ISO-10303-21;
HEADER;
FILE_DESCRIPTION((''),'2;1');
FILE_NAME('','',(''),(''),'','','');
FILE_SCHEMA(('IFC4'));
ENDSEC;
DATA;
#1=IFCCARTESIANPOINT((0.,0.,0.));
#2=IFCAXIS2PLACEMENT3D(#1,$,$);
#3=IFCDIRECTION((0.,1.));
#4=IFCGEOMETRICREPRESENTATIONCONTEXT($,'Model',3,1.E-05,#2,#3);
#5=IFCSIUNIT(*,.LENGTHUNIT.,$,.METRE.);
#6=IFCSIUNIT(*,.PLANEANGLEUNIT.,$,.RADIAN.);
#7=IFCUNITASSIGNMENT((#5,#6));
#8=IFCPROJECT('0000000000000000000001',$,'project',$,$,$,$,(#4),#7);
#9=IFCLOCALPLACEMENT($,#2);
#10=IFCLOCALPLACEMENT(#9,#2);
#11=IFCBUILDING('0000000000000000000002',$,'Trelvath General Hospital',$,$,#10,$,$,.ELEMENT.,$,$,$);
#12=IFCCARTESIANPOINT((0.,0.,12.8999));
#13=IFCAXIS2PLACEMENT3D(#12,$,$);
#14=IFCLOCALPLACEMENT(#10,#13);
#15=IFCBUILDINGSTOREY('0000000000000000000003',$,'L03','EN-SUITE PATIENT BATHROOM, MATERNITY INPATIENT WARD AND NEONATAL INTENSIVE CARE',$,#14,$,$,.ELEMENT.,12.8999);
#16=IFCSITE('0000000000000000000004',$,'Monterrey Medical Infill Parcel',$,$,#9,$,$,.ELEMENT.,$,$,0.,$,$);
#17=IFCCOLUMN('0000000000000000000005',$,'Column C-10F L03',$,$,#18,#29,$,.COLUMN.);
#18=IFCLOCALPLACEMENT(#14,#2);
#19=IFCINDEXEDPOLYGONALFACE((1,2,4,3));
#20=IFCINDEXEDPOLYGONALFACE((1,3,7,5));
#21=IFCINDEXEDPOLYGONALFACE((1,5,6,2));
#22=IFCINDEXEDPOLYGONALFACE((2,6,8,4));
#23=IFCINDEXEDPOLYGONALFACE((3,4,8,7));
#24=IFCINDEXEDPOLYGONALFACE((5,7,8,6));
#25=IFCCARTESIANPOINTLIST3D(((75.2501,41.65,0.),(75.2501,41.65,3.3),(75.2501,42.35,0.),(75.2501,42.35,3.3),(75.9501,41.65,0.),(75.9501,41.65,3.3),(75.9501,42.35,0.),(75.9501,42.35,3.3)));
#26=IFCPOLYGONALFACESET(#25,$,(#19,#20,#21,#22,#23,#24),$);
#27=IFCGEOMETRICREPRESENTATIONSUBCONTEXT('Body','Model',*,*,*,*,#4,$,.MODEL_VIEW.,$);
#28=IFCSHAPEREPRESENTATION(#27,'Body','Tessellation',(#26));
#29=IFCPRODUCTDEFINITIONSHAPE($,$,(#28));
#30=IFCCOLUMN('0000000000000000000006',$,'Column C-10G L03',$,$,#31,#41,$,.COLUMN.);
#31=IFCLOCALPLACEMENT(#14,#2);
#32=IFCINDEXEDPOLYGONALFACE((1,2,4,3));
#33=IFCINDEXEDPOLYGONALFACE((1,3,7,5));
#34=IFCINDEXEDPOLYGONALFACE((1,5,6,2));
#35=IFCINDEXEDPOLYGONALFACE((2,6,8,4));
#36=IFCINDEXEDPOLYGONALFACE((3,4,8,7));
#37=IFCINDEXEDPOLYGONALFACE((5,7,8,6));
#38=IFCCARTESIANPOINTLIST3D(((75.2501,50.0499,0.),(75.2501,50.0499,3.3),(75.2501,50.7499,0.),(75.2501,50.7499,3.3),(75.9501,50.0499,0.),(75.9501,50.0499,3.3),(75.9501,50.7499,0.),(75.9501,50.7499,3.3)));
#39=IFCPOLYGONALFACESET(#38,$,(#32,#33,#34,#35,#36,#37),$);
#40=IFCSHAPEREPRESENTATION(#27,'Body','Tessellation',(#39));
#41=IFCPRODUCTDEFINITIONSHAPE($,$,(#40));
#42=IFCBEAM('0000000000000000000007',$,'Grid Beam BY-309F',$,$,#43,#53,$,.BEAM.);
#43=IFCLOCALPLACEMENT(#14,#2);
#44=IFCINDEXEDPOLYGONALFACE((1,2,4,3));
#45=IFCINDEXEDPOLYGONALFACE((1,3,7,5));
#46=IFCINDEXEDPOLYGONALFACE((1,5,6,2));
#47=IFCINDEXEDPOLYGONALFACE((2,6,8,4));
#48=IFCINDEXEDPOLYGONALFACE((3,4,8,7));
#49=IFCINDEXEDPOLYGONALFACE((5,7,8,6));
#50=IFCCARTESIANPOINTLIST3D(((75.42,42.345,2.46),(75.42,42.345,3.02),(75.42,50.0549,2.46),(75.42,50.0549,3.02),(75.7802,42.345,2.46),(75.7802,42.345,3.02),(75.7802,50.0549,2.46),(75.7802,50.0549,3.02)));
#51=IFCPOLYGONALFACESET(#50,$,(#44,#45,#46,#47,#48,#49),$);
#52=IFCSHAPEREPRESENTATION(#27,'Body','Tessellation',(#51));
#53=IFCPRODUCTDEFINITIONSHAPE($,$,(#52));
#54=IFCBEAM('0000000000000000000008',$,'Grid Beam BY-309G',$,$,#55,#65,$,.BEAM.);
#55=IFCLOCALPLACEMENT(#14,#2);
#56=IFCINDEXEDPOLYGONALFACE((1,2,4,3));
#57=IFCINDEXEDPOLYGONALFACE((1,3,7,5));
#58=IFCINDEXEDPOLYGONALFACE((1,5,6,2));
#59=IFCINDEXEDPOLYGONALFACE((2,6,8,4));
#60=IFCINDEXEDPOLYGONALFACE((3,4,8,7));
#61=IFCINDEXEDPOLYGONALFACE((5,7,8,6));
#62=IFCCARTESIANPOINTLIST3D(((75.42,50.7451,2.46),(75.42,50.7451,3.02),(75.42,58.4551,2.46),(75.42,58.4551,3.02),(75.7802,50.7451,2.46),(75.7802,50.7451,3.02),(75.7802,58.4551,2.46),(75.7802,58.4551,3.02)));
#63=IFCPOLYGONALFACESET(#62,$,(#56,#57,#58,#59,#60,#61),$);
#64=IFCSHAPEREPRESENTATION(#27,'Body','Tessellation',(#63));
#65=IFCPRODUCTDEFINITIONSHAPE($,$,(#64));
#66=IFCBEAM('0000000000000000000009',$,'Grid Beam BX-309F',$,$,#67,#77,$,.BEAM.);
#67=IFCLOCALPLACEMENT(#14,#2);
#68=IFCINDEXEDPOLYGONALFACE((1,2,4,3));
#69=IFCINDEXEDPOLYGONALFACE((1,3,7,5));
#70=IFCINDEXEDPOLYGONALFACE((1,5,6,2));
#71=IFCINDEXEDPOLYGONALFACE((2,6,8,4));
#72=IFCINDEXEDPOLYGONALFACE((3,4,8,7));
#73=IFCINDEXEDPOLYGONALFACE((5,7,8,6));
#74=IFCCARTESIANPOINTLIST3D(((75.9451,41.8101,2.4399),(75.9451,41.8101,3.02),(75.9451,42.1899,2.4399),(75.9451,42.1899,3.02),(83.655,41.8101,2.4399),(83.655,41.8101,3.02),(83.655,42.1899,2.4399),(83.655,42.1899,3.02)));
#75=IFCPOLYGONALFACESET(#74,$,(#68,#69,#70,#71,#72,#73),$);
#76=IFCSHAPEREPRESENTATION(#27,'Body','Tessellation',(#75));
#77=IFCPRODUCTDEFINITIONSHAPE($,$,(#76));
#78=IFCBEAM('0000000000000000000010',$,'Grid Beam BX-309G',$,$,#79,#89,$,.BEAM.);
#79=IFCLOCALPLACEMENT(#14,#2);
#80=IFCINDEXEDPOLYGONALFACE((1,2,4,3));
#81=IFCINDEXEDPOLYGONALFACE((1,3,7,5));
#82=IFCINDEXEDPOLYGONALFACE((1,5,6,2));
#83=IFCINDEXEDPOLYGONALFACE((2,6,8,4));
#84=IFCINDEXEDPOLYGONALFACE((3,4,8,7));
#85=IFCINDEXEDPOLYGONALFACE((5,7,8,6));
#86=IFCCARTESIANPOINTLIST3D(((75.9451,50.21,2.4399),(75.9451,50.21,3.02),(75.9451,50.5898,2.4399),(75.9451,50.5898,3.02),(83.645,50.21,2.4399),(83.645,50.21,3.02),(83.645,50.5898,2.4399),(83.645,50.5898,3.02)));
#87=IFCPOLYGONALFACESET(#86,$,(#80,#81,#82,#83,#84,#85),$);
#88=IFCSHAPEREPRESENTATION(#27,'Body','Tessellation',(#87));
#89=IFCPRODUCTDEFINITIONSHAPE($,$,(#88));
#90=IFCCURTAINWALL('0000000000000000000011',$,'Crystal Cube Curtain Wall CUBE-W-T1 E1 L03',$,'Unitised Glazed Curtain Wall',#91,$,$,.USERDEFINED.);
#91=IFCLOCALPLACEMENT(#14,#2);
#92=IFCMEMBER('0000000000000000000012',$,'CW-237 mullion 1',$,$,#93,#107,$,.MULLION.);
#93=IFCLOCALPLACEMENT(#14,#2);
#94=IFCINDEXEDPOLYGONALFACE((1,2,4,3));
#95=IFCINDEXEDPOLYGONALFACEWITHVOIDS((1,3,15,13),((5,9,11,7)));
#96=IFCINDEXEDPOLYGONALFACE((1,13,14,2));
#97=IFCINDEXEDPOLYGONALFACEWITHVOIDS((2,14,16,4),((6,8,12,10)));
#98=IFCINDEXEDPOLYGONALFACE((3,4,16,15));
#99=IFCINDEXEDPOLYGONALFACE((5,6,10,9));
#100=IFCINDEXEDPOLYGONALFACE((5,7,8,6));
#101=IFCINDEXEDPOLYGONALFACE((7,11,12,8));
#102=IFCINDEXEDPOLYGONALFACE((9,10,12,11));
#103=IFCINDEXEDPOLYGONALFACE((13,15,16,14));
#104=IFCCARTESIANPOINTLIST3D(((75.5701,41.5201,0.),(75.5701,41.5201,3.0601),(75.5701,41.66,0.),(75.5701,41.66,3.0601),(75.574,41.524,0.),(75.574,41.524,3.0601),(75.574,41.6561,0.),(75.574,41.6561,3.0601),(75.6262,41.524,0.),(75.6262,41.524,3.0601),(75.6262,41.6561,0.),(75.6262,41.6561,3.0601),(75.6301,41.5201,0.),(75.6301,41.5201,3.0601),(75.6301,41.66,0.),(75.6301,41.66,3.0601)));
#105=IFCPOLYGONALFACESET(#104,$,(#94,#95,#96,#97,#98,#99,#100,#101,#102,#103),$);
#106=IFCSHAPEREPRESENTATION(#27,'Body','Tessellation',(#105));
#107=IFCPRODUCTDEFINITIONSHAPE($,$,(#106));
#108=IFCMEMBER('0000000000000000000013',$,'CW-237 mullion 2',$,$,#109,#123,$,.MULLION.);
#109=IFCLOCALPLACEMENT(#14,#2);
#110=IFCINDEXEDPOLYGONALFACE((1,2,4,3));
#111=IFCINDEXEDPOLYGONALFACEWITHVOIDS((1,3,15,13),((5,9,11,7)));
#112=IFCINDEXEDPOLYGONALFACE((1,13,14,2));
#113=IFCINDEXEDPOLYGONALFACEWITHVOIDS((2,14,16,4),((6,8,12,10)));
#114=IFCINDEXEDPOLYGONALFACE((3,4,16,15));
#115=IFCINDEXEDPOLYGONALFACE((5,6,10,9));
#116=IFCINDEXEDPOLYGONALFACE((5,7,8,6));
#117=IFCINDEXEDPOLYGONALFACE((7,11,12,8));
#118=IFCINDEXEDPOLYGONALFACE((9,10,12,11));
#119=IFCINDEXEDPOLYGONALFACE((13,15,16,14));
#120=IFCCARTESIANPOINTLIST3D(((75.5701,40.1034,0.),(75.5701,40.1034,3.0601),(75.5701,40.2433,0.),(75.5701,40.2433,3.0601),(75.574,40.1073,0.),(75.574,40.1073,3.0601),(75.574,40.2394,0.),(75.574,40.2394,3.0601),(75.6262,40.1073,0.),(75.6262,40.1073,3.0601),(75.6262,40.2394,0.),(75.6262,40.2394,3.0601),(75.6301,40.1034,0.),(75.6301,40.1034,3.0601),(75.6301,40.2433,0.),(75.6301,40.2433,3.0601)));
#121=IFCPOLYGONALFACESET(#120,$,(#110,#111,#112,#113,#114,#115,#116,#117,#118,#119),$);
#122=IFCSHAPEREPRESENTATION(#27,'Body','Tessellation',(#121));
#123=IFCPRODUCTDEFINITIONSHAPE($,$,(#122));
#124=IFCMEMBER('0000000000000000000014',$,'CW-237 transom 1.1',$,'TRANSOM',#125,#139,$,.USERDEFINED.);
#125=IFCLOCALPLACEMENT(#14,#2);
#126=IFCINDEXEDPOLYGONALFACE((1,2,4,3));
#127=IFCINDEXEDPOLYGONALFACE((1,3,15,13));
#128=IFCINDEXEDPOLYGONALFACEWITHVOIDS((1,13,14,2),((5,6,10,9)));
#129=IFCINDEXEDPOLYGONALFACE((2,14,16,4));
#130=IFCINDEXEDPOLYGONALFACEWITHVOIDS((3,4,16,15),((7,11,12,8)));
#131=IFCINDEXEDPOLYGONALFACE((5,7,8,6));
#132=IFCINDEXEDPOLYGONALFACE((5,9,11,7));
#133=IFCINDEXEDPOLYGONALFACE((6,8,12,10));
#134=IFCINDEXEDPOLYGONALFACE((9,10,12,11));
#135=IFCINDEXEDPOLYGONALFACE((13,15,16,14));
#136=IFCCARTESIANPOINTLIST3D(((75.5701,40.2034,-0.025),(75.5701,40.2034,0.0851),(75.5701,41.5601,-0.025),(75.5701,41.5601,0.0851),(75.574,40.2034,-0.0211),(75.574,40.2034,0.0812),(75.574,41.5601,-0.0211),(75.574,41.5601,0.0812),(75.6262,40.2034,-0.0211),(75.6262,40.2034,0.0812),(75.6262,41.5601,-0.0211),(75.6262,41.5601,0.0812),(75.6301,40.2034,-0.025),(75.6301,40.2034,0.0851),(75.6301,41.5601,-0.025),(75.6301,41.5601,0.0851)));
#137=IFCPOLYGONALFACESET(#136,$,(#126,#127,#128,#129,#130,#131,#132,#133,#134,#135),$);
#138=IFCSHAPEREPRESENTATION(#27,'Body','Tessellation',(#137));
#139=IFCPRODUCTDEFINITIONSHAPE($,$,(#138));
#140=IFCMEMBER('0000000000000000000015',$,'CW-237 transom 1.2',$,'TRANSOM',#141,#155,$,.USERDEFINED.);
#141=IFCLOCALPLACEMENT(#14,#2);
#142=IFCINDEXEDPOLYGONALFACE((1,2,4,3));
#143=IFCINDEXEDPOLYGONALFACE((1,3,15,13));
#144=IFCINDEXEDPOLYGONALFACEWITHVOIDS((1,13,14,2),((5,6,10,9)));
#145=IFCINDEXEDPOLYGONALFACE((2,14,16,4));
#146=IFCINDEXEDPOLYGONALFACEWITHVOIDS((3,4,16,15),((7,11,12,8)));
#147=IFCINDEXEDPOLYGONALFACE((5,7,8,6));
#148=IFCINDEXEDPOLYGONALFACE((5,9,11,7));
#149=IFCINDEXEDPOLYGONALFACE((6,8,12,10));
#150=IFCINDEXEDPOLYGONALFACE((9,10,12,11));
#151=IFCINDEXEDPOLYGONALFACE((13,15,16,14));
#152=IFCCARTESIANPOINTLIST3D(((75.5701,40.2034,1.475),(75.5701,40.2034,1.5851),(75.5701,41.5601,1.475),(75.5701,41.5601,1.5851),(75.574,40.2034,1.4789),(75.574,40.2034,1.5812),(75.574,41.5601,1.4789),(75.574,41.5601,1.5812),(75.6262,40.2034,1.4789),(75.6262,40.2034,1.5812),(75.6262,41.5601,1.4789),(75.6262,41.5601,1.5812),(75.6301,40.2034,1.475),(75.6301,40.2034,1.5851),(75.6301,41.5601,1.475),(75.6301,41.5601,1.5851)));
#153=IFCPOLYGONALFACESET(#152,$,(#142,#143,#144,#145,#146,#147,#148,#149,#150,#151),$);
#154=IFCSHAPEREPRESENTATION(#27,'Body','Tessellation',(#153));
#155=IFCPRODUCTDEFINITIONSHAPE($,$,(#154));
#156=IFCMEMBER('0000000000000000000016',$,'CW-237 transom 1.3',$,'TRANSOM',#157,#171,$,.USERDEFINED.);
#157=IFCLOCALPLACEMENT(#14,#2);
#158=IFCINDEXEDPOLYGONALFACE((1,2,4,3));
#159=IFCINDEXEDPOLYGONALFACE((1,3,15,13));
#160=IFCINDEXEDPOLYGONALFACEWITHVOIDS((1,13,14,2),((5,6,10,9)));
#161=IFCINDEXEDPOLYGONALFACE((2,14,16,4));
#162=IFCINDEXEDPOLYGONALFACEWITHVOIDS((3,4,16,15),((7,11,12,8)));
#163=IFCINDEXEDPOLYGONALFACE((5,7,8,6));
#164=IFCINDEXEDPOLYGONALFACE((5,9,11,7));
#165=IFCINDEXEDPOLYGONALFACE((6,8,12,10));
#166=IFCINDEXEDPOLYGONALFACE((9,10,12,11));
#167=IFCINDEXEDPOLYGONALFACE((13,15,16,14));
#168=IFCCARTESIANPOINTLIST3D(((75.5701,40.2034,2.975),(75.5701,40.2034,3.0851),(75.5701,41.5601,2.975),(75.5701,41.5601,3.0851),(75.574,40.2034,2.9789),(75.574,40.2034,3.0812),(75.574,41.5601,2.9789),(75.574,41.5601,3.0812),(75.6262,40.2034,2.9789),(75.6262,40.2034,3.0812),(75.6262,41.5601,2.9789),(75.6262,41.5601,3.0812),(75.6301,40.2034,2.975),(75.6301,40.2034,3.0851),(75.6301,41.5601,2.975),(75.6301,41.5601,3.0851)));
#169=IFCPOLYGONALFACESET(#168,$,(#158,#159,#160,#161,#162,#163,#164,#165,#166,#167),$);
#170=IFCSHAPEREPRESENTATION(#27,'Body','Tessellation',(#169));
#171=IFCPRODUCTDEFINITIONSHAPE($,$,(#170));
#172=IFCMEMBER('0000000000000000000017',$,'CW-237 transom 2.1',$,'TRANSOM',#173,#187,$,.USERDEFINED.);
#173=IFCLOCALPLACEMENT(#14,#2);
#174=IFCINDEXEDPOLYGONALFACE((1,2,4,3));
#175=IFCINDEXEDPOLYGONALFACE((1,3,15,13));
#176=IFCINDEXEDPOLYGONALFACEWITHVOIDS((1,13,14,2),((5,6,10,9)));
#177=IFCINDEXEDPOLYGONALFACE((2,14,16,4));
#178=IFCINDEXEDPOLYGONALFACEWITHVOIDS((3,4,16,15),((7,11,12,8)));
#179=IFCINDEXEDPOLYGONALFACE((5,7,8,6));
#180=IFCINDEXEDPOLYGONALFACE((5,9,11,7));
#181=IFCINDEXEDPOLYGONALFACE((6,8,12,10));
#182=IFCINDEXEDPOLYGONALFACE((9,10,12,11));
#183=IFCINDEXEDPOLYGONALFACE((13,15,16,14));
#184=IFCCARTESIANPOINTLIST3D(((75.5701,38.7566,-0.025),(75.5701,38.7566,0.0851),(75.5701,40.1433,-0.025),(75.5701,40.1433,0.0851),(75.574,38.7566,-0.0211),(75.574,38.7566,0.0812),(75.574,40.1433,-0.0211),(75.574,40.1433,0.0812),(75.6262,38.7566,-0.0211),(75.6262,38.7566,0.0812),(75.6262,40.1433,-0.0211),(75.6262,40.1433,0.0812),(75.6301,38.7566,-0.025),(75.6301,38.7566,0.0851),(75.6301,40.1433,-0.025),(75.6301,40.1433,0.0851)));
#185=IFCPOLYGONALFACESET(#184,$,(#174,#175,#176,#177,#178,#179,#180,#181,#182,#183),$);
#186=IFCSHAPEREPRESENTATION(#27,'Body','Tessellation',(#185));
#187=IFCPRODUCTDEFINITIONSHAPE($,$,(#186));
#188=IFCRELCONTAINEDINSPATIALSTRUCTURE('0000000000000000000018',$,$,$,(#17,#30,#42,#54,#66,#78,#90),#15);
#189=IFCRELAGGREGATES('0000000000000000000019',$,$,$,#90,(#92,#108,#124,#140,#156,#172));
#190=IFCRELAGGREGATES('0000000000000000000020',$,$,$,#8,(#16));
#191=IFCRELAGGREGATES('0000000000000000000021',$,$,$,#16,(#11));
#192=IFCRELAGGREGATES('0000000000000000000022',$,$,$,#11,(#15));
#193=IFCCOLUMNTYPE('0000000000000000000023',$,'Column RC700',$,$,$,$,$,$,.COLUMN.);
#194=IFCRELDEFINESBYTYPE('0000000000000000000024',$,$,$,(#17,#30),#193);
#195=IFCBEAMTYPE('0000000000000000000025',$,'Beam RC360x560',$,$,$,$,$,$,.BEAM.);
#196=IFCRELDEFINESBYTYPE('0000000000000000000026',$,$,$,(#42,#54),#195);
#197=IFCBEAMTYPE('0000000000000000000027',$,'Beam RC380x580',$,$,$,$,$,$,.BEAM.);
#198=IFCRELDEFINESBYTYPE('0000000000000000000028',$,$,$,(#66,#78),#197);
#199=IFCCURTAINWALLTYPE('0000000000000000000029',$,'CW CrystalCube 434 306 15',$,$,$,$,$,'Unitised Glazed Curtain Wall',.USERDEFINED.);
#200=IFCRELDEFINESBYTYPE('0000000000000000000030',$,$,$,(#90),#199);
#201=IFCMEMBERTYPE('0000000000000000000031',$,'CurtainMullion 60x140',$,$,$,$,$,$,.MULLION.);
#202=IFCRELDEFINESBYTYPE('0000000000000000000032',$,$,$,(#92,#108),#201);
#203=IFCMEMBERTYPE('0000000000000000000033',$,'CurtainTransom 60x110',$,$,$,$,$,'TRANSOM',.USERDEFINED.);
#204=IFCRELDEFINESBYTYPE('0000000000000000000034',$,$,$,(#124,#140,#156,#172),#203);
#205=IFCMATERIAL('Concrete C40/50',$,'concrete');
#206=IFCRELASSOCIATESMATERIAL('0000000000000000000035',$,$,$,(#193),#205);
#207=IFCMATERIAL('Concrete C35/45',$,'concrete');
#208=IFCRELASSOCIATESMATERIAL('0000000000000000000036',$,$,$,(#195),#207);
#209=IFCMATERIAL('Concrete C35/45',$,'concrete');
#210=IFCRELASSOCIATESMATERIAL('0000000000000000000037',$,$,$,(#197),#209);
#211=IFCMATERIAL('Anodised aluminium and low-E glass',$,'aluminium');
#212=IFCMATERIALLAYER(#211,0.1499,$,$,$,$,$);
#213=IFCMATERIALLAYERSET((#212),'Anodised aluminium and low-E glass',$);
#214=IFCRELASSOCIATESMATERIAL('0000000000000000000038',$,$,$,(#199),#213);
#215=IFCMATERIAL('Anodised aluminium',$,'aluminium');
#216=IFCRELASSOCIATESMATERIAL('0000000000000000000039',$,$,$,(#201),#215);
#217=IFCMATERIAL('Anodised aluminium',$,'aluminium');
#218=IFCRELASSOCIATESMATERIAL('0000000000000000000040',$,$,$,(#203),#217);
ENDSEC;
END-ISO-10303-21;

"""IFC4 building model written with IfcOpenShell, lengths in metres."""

from ifc_helpers import new_model, si_unit, direction, frame, origin, origin_2d, place, context, subcontext, project, spatial, rectangle, hollow_rectangle, extrude, material, layer, layer_set, material_profile, profile_set, type_object, element, aggregate, save


model = new_model("IFC4")

# Units and contexts
model_context = context("Model", 3, precision=1e-05, world=origin(), true_north=direction((0.0, 1.0)))
body_context = subcontext(model_context, "Body", "Model", "MODEL_VIEW")
ifc_project = project(units=[si_unit("LENGTHUNIT", "METRE"), si_unit("PLANEANGLEUNIT", "RADIAN")], contexts=[model_context])

# Site, building, storey
site_placement = place(None, origin())
site = spatial("IfcSite", under=ifc_project, at=site_placement, Name="Monterrey Medical Infill Parcel", CompositionType="ELEMENT", RefElevation=0.0)
building_placement = place(site_placement, origin())
building = spatial("IfcBuilding", under=site, at=building_placement, Name="Trelvath General Hospital", CompositionType="ELEMENT")
storey_placement = place(building_placement, frame((0.0, 0.0, 12.8999)))
storey = spatial("IfcBuildingStorey", under=building, at=storey_placement, Name="L03", Description="EN-SUITE PATIENT BATHROOM, MATERNITY INPATIENT WARD AND NEONATAL INTENSIVE CARE", CompositionType="ELEMENT", Elevation=12.8999)

# Columns
ifc_material_1 = material(Name="Concrete C40/50", Category="concrete")
ifc_material_profile_1 = material_profile(ifc_material_1, rectangle(XDim=0.7, YDim=0.7, at=origin_2d()), Name="RC700x700")
ifc_profile_set_1 = profile_set([ifc_material_profile_1], Name="Concrete C40/50")
column_type = type_object("IfcColumnType", Name="Column RC700", PredefinedType="COLUMN", material=ifc_profile_set_1)
for number, where, z_axis, x_axis, name in (
    (1, (75.6001, 42.0, 0.0), (0.0, 0.0, 1.0), (1.0, 0.0, 0.0), "Column C-10F L03"),
    (2, (75.6001, 50.3999, 0.0), (0.0, 0.0, 1.0), (1.0, 0.0, 0.0), "Column C-10G L03"),
):
    element("IfcColumn", number, at=place(storey_placement, frame(where, z_axis=z_axis, x_axis=x_axis)), inside=storey, type_object=column_type, Name=name, PredefinedType="COLUMN", context=body_context, shape_type="SweptSolid", body=[
        extrude(rectangle(XDim=0.7, YDim=0.7, at=origin_2d()), origin(), (0.0, 0.0, 1.0), 3.3),
    ])

# Beams
ifc_material_2 = material(Name="Concrete C35/45", Category="concrete")
ifc_material_profile_2 = material_profile(ifc_material_2, rectangle(XDim=0.3601, YDim=0.5601, at=origin_2d()), Name="RCB360x560")
ifc_profile_set_2 = profile_set([ifc_material_profile_2], Name="Concrete C35/45")
beam_type_1 = type_object("IfcBeamType", Name="Beam RC360x560", PredefinedType="BEAM", material=ifc_profile_set_2)
for number, where, z_axis, x_axis, name in (
    (3, (75.6001, 42.345, 2.74), (0.0, 1.0, 0.0), (-1.0, 0.0, 0.0), "Grid Beam BY-309F"),
    (4, (75.6001, 50.7451, 2.74), (0.0, 1.0, 0.0), (-1.0, 0.0, 0.0), "Grid Beam BY-309G"),
):
    element("IfcBeam", number, at=place(storey_placement, frame(where, z_axis=z_axis, x_axis=x_axis)), inside=storey, type_object=beam_type_1, Name=name, PredefinedType="BEAM", context=body_context, shape_type="SweptSolid", body=[
        extrude(rectangle(XDim=0.3601, YDim=0.5601, at=origin_2d()), origin(), (0.0, 0.0, 1.0), 7.71),
    ])
ifc_material_3 = material(Name="Concrete C35/45", Category="concrete")
ifc_material_profile_3 = material_profile(ifc_material_3, rectangle(XDim=0.3799, YDim=0.5801, at=origin_2d()), Name="RCB380x580")
ifc_profile_set_3 = profile_set([ifc_material_profile_3], Name="Concrete C35/45")
beam_type_2 = type_object("IfcBeamType", Name="Beam RC380x580", PredefinedType="BEAM", material=ifc_profile_set_3)
beam_1_placement = place(storey_placement, frame((75.9451, 42.0, 2.73), z_axis=(1.0, 0.0, 0.0), x_axis=(0.0, 1.0, 0.0)))
element("IfcBeam", 5, at=beam_1_placement, inside=storey, type_object=beam_type_2, Name="Grid Beam BX-309F", PredefinedType="BEAM", context=body_context, shape_type="SweptSolid", body=[
    extrude(rectangle(XDim=0.3799, YDim=0.5801, at=origin_2d()), origin(), (0.0, 0.0, 1.0), 7.71),
])
beam_2_placement = place(storey_placement, frame((75.9451, 50.3999, 2.73), z_axis=(1.0, 0.0, 0.0), x_axis=(0.0, 1.0, 0.0)))
element("IfcBeam", 6, at=beam_2_placement, inside=storey, type_object=beam_type_2, Name="Grid Beam BX-309G", PredefinedType="BEAM", context=body_context, shape_type="SweptSolid", body=[
    extrude(rectangle(XDim=0.3799, YDim=0.5801, at=origin_2d()), origin(), (0.0, 0.0, 1.0), 7.7),
])

# Curtain wall, members
ifc_material_4 = material(Name="Anodised aluminium and low-E glass", Category="aluminium")
ifc_layer_1 = layer(ifc_material_4, 0.1499)
ifc_layer_set_1 = layer_set([ifc_layer_1], Name="Anodised aluminium and low-E glass")
curtain_wall_type = type_object("IfcCurtainWallType", Name="CW CrystalCube 434 306 15", ElementType="Unitised Glazed Curtain Wall", PredefinedType="USERDEFINED", material=ifc_layer_set_1)
curtain_wall_placement = place(storey_placement, origin())
curtain_wall = element("IfcCurtainWall", 7, at=curtain_wall_placement, inside=storey, type_object=curtain_wall_type, Name="Crystal Cube Curtain Wall CUBE-W-T1 E1 L03", ObjectType="Unitised Glazed Curtain Wall", PredefinedType="USERDEFINED")
ifc_material_5 = material(Name="Anodised aluminium", Category="aluminium")
ifc_material_profile_4 = material_profile(ifc_material_5, hollow_rectangle(XDim=0.0601, YDim=0.1399, WallThickness=0.0039, at=origin_2d()), Name="RHS60x140x4")
ifc_profile_set_4 = profile_set([ifc_material_profile_4], Name="Anodised aluminium")
member_type_1 = type_object("IfcMemberType", Name="CurtainMullion 60x140", PredefinedType="MULLION", material=ifc_profile_set_4)
member_1_placement = place(storey_placement, frame((75.6001, 41.5901, 0.0), z_axis=(0.0, 0.0, 1.0), x_axis=(1.0, 0.0, 0.0)))
member_1 = element("IfcMember", 8, at=member_1_placement, type_object=member_type_1, Name="CW-237 mullion 1", PredefinedType="MULLION", context=body_context, shape_type="SweptSolid", body=[
    extrude(hollow_rectangle(XDim=0.0601, YDim=0.1399, WallThickness=0.0039, at=origin_2d()), origin(), (0.0, 0.0, 1.0), 3.0601),
])
member_2_placement = place(storey_placement, frame((75.6001, 40.1733, 0.0), z_axis=(0.0, 0.0, 1.0), x_axis=(1.0, 0.0, 0.0)))
member_2 = element("IfcMember", 9, at=member_2_placement, type_object=member_type_1, Name="CW-237 mullion 2", PredefinedType="MULLION", context=body_context, shape_type="SweptSolid", body=[
    extrude(hollow_rectangle(XDim=0.0601, YDim=0.1399, WallThickness=0.0039, at=origin_2d()), origin(), (0.0, 0.0, 1.0), 3.0601),
])
ifc_material_6 = material(Name="Anodised aluminium", Category="aluminium")
ifc_material_profile_5 = material_profile(ifc_material_6, hollow_rectangle(XDim=0.0601, YDim=0.1101, WallThickness=0.0039, at=origin_2d()), Name="RHS60x110x4")
ifc_profile_set_5 = profile_set([ifc_material_profile_5], Name="Anodised aluminium")
member_type_2 = type_object("IfcMemberType", Name="CurtainTransom 60x110", ElementType="TRANSOM", PredefinedType="USERDEFINED", material=ifc_profile_set_5)
member_3_placement = place(storey_placement, frame((75.6001, 41.5601, 0.03), z_axis=(0.0, -1.0, 0.0), x_axis=(1.0, 0.0, 0.0)))
member_3 = element("IfcMember", 10, at=member_3_placement, type_object=member_type_2, Name="CW-237 transom 1.1", ObjectType="TRANSOM", PredefinedType="USERDEFINED", context=body_context, shape_type="SweptSolid", body=[
    extrude(hollow_rectangle(XDim=0.0601, YDim=0.1101, WallThickness=0.0039, at=origin_2d()), origin(), (0.0, 0.0, 1.0), 1.3567),
])
member_4_placement = place(storey_placement, frame((75.6001, 41.5601, 1.53), z_axis=(0.0, -1.0, 0.0), x_axis=(1.0, 0.0, 0.0)))
member_4 = element("IfcMember", 11, at=member_4_placement, type_object=member_type_2, Name="CW-237 transom 1.2", ObjectType="TRANSOM", PredefinedType="USERDEFINED", context=body_context, shape_type="SweptSolid", body=[
    extrude(hollow_rectangle(XDim=0.0601, YDim=0.1101, WallThickness=0.0039, at=origin_2d()), origin(), (0.0, 0.0, 1.0), 1.3567),
])
member_5_placement = place(storey_placement, frame((75.6001, 41.5601, 3.03), z_axis=(0.0, -1.0, 0.0), x_axis=(1.0, 0.0, 0.0)))
member_5 = element("IfcMember", 12, at=member_5_placement, type_object=member_type_2, Name="CW-237 transom 1.3", ObjectType="TRANSOM", PredefinedType="USERDEFINED", context=body_context, shape_type="SweptSolid", body=[
    extrude(hollow_rectangle(XDim=0.0601, YDim=0.1101, WallThickness=0.0039, at=origin_2d()), origin(), (0.0, 0.0, 1.0), 1.3567),
])
member_6_placement = place(storey_placement, frame((75.6001, 40.1433, 0.03), z_axis=(0.0, -1.0, 0.0), x_axis=(1.0, 0.0, 0.0)))
member_6 = element("IfcMember", 13, at=member_6_placement, type_object=member_type_2, Name="CW-237 transom 2.1", ObjectType="TRANSOM", PredefinedType="USERDEFINED", context=body_context, shape_type="SweptSolid", body=[
    extrude(hollow_rectangle(XDim=0.0601, YDim=0.1101, WallThickness=0.0039, at=origin_2d()), origin(), (0.0, 0.0, 1.0), 1.3867),
])

aggregate(curtain_wall, [member_1, member_2, member_3, member_4, member_5, member_6])

save(model, "model.ifc")
